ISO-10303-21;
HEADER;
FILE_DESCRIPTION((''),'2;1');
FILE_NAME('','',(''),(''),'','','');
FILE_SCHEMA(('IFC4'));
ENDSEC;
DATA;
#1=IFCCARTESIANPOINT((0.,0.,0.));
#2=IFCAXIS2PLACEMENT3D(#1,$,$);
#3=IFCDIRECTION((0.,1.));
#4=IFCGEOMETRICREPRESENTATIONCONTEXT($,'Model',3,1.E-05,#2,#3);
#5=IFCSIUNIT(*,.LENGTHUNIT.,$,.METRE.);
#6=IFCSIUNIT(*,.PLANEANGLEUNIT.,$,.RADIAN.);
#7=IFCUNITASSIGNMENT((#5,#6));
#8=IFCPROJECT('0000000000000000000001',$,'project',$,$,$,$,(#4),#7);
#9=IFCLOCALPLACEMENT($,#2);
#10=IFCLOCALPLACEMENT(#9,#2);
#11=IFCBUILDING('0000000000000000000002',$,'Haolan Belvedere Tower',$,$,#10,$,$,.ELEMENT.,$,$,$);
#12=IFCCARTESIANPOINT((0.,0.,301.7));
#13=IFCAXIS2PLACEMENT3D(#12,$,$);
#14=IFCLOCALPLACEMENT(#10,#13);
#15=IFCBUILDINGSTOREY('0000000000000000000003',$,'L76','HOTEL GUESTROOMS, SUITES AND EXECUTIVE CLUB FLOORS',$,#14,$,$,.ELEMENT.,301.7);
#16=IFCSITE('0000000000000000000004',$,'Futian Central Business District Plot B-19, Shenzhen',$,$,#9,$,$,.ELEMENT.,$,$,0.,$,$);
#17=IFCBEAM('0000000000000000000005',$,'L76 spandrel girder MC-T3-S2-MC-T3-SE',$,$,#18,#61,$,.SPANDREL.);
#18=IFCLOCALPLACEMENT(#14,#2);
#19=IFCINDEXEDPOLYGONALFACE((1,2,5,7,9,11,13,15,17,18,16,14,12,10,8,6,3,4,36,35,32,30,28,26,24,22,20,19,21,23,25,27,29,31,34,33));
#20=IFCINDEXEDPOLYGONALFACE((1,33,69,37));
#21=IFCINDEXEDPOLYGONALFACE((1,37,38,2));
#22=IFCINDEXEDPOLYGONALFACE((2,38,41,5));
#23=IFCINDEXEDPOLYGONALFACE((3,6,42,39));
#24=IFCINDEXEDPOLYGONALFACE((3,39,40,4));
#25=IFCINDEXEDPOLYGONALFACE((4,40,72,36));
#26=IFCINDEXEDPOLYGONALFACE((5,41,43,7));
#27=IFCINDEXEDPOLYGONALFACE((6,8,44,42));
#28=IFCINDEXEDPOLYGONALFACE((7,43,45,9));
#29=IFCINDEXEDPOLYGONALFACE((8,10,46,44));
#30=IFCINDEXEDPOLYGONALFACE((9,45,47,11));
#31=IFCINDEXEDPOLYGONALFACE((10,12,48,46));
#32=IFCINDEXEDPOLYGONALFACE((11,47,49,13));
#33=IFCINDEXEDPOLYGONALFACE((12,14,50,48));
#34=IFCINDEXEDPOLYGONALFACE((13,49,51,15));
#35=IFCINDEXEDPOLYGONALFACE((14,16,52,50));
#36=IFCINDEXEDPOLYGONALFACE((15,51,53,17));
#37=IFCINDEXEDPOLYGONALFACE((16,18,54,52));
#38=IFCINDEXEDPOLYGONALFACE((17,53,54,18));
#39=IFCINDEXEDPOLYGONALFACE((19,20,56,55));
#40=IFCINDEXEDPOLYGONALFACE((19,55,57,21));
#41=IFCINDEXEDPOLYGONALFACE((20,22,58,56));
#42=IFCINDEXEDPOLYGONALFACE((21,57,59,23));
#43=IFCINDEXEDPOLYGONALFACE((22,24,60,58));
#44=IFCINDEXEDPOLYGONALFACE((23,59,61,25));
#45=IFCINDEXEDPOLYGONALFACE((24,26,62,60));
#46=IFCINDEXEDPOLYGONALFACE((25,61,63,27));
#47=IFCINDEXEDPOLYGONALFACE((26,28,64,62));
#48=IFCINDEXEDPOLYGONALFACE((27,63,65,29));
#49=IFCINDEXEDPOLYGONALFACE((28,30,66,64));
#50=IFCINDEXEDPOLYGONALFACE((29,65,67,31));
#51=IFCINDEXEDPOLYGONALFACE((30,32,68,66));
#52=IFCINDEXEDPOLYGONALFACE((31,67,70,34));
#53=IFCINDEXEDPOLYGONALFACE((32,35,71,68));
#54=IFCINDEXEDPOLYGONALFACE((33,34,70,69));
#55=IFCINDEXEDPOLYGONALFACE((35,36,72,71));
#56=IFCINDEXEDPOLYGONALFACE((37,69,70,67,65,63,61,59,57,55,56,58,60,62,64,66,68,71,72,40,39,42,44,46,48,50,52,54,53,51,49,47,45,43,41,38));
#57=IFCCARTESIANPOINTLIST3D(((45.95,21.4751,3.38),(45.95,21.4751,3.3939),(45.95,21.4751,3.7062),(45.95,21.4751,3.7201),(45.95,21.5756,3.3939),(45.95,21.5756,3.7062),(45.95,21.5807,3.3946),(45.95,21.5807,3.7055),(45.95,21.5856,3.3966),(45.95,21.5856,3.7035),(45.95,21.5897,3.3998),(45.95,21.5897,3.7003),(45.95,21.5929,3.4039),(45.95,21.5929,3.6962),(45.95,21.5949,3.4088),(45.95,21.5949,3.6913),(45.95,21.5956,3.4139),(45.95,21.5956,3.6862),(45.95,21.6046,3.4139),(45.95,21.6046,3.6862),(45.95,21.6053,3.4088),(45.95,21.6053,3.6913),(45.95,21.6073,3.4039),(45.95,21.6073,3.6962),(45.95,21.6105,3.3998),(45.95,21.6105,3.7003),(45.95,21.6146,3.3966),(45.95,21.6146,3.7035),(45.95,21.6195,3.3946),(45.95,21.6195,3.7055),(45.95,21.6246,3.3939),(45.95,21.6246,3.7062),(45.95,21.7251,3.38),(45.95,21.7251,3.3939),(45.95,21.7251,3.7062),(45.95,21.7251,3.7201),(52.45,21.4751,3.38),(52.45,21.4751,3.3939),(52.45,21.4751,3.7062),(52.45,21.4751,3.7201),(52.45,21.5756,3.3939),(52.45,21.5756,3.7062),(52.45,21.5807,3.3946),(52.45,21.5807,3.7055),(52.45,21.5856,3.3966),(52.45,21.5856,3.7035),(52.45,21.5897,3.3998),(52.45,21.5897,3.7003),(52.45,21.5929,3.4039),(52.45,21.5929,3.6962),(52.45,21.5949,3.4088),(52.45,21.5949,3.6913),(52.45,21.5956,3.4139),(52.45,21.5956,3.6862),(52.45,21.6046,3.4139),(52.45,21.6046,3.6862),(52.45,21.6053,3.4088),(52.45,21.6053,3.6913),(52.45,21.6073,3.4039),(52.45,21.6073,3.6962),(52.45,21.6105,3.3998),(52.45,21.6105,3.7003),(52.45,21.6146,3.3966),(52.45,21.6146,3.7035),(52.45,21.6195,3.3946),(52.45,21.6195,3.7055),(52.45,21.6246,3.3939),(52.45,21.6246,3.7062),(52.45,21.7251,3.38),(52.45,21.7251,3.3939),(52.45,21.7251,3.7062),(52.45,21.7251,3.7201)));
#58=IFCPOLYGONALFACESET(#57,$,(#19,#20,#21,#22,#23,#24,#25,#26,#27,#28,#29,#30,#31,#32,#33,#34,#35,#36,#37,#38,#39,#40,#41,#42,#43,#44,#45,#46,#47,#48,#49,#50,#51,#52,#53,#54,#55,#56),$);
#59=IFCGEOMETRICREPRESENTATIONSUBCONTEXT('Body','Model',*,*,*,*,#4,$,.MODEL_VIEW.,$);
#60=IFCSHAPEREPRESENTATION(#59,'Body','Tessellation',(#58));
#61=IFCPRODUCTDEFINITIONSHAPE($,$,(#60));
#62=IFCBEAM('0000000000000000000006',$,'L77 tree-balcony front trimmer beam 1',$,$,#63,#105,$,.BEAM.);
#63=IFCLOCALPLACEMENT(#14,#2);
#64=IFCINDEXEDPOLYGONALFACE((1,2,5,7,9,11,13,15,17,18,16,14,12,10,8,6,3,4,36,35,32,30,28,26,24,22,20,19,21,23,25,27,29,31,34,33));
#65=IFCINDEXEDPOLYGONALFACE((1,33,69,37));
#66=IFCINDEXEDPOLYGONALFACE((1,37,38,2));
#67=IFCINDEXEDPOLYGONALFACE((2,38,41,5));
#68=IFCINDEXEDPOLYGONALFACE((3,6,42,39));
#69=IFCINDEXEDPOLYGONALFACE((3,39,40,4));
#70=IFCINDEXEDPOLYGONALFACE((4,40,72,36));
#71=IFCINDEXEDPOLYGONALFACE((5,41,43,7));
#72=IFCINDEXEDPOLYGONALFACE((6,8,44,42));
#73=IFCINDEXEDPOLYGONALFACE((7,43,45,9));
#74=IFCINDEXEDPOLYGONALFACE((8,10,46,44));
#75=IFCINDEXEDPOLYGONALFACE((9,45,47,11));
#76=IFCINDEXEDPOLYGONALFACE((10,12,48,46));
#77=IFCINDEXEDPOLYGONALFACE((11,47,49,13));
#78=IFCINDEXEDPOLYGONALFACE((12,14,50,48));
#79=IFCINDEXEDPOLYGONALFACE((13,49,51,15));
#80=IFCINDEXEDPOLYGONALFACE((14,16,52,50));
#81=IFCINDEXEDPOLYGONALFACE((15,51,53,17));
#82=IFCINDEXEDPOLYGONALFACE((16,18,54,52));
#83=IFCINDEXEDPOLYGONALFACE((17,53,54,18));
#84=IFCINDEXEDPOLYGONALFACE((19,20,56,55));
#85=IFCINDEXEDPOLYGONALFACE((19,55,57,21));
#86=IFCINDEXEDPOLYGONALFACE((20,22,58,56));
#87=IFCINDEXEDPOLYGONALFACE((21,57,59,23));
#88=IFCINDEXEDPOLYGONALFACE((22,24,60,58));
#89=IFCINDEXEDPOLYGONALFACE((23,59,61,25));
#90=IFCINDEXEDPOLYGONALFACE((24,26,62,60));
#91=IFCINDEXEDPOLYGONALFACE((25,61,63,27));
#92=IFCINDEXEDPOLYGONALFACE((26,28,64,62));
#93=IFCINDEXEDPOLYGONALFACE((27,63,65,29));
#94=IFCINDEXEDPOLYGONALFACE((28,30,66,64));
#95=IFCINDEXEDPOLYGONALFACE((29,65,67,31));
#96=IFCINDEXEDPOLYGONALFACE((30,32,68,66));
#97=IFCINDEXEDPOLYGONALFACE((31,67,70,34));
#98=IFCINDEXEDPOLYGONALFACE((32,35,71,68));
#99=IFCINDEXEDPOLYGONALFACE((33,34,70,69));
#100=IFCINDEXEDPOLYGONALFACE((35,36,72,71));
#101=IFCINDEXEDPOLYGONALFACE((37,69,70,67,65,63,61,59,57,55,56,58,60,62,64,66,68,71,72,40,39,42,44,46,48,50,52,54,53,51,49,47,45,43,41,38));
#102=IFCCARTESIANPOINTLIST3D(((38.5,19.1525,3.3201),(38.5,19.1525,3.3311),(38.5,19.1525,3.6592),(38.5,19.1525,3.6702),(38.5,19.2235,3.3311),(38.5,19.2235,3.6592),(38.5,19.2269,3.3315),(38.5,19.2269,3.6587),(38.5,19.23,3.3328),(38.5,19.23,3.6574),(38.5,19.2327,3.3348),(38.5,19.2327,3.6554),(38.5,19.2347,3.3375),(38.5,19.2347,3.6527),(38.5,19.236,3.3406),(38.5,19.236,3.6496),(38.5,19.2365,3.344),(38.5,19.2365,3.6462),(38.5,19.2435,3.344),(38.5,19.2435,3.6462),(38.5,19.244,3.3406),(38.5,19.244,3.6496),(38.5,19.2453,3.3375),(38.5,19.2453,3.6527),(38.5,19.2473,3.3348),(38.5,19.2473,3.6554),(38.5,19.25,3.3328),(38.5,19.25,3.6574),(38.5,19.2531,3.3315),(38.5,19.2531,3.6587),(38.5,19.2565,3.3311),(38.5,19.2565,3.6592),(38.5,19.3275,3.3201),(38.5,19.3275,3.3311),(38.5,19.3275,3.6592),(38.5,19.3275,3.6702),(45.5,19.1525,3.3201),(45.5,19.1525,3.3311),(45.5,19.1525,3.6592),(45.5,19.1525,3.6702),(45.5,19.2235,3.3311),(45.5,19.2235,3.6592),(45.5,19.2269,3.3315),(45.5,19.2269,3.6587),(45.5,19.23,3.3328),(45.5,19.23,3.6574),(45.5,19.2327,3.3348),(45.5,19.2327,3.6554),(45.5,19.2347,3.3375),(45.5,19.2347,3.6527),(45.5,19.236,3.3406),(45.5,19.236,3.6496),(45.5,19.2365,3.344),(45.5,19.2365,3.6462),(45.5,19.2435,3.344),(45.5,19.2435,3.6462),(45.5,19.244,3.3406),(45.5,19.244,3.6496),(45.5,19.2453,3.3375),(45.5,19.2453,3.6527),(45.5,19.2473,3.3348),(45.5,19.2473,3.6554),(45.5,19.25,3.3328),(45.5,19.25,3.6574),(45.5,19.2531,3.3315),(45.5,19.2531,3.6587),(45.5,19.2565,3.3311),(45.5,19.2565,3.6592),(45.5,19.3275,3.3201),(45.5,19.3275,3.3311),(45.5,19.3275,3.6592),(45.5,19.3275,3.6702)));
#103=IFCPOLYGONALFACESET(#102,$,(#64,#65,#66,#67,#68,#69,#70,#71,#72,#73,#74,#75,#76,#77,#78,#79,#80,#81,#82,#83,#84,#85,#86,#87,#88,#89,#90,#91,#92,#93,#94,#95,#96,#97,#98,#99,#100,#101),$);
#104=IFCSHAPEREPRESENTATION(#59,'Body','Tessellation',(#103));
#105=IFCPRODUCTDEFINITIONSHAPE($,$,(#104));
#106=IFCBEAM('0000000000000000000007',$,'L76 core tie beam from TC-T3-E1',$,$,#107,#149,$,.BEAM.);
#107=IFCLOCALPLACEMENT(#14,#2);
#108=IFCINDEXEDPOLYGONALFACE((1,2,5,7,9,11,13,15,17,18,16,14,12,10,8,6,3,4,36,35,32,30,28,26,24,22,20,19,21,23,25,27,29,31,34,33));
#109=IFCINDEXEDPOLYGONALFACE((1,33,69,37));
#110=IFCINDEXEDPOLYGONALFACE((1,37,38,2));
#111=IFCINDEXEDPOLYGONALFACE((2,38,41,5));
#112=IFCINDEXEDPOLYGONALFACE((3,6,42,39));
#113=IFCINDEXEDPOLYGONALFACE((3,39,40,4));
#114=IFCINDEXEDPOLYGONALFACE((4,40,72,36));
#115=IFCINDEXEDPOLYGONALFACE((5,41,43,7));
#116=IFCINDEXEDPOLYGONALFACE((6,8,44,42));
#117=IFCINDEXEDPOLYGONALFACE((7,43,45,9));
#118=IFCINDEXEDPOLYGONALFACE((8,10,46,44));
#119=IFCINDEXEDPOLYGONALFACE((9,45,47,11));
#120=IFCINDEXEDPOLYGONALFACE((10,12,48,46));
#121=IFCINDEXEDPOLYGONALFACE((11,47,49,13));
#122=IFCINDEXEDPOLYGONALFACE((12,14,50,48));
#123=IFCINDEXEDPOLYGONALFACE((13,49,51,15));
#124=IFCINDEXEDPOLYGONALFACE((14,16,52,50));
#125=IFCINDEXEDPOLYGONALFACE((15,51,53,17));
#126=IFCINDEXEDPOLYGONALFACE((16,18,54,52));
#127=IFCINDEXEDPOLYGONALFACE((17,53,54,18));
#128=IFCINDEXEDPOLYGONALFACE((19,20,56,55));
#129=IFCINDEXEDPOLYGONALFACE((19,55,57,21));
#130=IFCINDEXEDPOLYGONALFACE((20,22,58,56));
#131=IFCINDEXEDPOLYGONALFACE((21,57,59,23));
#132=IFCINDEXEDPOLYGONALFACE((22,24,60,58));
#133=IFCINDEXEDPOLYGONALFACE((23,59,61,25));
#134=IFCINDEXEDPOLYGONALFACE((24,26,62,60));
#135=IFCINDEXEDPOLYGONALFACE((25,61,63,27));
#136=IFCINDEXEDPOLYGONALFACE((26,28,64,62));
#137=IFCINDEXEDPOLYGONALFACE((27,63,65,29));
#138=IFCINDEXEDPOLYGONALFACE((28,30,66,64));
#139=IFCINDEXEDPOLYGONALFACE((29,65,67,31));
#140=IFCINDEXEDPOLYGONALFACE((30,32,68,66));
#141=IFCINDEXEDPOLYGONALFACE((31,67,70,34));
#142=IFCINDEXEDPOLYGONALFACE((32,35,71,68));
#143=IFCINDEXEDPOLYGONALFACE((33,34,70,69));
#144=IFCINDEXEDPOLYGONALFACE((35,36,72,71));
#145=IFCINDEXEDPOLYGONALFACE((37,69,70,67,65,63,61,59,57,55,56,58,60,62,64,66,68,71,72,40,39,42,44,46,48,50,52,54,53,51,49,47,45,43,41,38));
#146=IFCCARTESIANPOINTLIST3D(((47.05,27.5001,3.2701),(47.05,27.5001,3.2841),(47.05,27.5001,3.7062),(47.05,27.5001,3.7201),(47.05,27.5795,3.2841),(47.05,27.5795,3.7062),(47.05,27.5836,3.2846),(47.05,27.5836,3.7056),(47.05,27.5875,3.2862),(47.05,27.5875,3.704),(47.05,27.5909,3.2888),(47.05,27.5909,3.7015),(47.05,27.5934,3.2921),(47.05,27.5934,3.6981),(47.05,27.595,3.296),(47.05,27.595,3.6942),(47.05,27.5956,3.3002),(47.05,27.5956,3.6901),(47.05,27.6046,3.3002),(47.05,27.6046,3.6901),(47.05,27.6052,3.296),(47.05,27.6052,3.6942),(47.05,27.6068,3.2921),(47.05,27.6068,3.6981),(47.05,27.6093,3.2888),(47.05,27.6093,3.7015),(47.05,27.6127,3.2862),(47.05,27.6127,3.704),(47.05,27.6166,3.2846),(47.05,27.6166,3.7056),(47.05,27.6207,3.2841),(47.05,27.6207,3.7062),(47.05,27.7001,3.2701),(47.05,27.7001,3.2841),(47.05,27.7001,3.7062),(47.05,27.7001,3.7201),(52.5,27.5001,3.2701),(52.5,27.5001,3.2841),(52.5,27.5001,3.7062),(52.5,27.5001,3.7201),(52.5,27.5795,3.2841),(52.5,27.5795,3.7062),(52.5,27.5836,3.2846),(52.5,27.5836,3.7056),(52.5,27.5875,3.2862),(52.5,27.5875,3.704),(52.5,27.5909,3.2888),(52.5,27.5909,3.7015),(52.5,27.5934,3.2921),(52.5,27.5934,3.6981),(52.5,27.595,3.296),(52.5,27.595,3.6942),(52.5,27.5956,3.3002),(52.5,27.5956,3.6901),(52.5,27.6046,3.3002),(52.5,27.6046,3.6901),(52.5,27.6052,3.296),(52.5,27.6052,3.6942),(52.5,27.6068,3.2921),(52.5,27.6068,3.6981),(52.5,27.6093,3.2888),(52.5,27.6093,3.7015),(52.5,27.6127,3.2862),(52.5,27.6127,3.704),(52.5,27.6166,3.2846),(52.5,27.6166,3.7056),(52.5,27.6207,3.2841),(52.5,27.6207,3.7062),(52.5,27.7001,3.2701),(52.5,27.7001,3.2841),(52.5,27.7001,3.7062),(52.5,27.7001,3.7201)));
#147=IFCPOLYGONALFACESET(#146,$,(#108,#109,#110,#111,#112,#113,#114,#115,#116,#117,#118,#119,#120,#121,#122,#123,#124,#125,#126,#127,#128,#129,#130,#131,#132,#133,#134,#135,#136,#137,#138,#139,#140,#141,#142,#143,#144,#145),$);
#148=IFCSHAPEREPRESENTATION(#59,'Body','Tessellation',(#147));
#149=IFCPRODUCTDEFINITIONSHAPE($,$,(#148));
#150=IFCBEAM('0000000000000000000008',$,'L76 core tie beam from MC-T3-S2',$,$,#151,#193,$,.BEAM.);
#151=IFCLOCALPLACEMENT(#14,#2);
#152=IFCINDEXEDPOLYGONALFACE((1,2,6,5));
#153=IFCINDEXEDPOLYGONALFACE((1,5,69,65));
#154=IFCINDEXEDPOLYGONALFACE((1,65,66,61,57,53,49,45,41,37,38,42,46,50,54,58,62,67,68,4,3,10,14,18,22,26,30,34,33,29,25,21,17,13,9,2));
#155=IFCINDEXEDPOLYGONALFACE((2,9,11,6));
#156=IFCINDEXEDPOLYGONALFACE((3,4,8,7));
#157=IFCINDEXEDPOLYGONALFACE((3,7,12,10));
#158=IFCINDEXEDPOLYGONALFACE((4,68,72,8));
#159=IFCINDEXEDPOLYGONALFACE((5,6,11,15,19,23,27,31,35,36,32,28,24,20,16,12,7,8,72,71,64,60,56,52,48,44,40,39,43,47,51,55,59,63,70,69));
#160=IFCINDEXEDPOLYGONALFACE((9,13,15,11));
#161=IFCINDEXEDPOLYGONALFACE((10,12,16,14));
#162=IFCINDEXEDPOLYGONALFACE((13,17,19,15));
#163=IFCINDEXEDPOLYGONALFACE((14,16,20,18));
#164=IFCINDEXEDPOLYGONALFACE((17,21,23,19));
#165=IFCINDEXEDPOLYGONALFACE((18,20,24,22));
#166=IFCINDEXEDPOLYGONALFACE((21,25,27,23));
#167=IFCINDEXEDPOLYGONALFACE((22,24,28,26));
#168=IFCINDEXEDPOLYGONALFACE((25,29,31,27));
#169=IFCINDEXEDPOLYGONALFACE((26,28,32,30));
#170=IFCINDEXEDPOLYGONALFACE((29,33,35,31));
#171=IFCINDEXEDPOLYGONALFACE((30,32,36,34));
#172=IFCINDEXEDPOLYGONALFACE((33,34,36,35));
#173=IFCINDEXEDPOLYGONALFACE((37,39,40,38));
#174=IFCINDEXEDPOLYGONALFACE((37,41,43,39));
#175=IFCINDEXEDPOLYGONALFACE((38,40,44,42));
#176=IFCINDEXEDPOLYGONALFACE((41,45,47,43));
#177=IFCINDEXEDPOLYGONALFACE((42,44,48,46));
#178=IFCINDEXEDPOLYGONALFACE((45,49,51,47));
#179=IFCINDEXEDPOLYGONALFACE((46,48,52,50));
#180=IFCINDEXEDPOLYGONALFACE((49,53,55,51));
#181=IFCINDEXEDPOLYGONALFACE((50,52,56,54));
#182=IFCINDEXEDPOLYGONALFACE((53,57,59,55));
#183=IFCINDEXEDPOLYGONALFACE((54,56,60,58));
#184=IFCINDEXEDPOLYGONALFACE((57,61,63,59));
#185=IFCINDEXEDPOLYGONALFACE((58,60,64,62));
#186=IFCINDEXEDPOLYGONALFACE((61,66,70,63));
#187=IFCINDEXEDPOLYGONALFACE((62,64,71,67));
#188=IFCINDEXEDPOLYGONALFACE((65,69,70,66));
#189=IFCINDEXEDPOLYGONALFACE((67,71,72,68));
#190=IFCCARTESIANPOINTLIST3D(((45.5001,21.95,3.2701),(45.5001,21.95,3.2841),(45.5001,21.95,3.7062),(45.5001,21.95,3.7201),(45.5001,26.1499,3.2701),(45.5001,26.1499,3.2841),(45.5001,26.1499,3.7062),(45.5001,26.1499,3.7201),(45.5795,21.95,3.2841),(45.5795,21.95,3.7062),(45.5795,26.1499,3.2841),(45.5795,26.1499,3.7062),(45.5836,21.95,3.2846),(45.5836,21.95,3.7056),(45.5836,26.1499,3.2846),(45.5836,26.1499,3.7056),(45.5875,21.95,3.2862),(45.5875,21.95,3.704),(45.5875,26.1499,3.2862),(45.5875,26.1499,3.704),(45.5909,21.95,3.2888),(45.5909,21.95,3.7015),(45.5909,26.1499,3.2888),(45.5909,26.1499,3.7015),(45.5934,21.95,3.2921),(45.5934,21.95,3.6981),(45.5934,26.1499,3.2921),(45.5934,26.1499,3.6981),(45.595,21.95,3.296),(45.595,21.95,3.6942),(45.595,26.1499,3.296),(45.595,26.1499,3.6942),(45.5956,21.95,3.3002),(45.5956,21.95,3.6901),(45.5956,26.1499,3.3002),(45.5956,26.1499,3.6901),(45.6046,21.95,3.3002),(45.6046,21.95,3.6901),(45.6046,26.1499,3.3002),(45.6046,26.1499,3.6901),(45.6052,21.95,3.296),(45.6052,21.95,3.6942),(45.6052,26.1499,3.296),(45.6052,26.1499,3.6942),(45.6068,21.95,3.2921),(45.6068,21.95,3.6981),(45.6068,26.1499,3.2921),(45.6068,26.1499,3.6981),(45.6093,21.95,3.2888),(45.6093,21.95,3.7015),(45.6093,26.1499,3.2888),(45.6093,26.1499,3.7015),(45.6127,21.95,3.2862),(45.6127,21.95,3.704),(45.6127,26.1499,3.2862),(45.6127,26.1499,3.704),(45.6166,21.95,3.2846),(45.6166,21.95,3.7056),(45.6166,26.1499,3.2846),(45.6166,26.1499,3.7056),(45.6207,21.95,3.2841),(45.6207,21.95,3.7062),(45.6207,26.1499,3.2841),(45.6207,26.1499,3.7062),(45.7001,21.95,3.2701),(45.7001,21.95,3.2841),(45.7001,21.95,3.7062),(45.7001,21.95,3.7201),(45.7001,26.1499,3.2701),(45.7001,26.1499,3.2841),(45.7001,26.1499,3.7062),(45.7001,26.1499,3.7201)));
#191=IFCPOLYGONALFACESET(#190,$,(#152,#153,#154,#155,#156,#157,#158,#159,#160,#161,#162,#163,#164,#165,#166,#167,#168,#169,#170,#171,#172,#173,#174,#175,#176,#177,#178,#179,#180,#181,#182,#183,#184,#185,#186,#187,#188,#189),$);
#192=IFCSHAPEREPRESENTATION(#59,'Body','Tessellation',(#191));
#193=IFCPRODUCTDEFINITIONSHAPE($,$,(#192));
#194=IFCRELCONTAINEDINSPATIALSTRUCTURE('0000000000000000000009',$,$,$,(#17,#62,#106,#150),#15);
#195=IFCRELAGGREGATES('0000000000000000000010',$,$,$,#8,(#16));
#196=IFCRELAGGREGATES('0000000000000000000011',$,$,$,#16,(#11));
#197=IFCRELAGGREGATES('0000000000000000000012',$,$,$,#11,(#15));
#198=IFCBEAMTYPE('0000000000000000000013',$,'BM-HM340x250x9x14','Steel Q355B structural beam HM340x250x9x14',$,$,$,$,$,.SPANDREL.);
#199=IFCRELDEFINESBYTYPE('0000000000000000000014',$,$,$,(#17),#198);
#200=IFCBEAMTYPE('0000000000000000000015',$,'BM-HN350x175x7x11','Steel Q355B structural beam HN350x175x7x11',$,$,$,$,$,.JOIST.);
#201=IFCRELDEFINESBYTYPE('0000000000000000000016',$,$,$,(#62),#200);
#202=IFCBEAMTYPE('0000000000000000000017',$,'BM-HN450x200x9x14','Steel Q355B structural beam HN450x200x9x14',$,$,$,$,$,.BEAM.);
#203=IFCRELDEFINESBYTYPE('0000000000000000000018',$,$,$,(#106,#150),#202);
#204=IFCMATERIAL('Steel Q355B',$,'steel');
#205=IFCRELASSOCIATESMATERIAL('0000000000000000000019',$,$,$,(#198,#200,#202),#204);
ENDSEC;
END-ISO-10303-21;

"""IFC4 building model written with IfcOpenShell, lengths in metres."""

from ifc_helpers import new_model, si_unit, direction, frame, origin, origin_2d, place, context, subcontext, project, spatial, i_section, extrude, material, material_profile, profile_set, type_object, element, save


model = new_model("IFC4")

# Units and contexts
model_context = context("Model", 3, precision=1e-05, world=origin(), true_north=direction((0.0, 1.0)))
body_context = subcontext(model_context, "Body", "Model", "MODEL_VIEW")
ifc_project = project(units=[si_unit("LENGTHUNIT", "METRE"), si_unit("PLANEANGLEUNIT", "RADIAN")], contexts=[model_context])

# Site, building, storey
site_placement = place(None, origin())
site = spatial("IfcSite", under=ifc_project, at=site_placement, Name="Futian Central Business District Plot B-19, Shenzhen", CompositionType="ELEMENT", RefElevation=0.0)
building_placement = place(site_placement, origin())
building = spatial("IfcBuilding", under=site, at=building_placement, Name="Haolan Belvedere Tower", CompositionType="ELEMENT")
storey_placement = place(building_placement, frame((0.0, 0.0, 301.7)))
storey = spatial("IfcBuildingStorey", under=building, at=storey_placement, Name="L76", Description="HOTEL GUESTROOMS, SUITES AND EXECUTIVE CLUB FLOORS", CompositionType="ELEMENT", Elevation=301.7)

# Beams
ifc_material_1 = material(Name="Steel Q355B", Category="steel")
ifc_material_profile_1 = material_profile(ifc_material_1, i_section(OverallWidth=0.25, OverallDepth=0.3401, WebThickness=0.009, FlangeThickness=0.0139, FilletRadius=0.02, at=origin_2d()), Name="Steel Q355B")
ifc_profile_set_1 = profile_set([ifc_material_profile_1], Name="Steel Q355B")
beam_type_1 = type_object("IfcBeamType", Name="BM-HM340x250x9x14", Description="Steel Q355B structural beam HM340x250x9x14", PredefinedType="SPANDREL", material=ifc_profile_set_1)
beam_1_placement = place(storey_placement, frame((45.95, 21.6001, 3.55), z_axis=(1.0, 0.0, 0.0), x_axis=(0.0, 1.0, 0.0)))
element("IfcBeam", 1, at=beam_1_placement, inside=storey, type_object=beam_type_1, Name="L76 spandrel girder MC-T3-S2-MC-T3-SE", PredefinedType="SPANDREL", context=body_context, shape_type="SweptSolid", body=[
    extrude(i_section(OverallWidth=0.25, OverallDepth=0.3401, WebThickness=0.009, FlangeThickness=0.0139, FilletRadius=0.02, at=origin_2d()), origin(), (0.0, 0.0, 1.0), 6.5),
])
ifc_material_profile_2 = material_profile(ifc_material_1, i_section(OverallWidth=0.175, OverallDepth=0.3501, WebThickness=0.0071, FlangeThickness=0.011, FilletRadius=0.0129, at=origin_2d()), Name="Steel Q355B")
ifc_profile_set_2 = profile_set([ifc_material_profile_2], Name="Steel Q355B")
beam_type_2 = type_object("IfcBeamType", Name="BM-HN350x175x7x11", Description="Steel Q355B structural beam HN350x175x7x11", PredefinedType="JOIST", material=ifc_profile_set_2)
beam_2_placement = place(storey_placement, frame((38.5, 19.24, 3.4951), z_axis=(1.0, 0.0, 0.0), x_axis=(0.0, 1.0, 0.0)))
element("IfcBeam", 2, at=beam_2_placement, inside=storey, type_object=beam_type_2, Name="L77 tree-balcony front trimmer beam 1", PredefinedType="BEAM", context=body_context, shape_type="SweptSolid", body=[
    extrude(i_section(OverallWidth=0.175, OverallDepth=0.3501, WebThickness=0.0071, FlangeThickness=0.011, FilletRadius=0.0129, at=origin_2d()), origin(), (0.0, 0.0, 1.0), 7.0),
])
ifc_material_profile_3 = material_profile(ifc_material_1, i_section(OverallWidth=0.2, OverallDepth=0.45, WebThickness=0.009, FlangeThickness=0.0139, FilletRadius=0.0161, at=origin_2d()), Name="Steel Q355B")
ifc_profile_set_3 = profile_set([ifc_material_profile_3], Name="Steel Q355B")
beam_type_3 = type_object("IfcBeamType", Name="BM-HN450x200x9x14", Description="Steel Q355B structural beam HN450x200x9x14", PredefinedType="BEAM", material=ifc_profile_set_3)
beam_3_placement = place(storey_placement, frame((52.5, 27.6001, 3.4951), z_axis=(-1.0, 0.0, 0.0), x_axis=(0.0, -1.0, 0.0)))
element("IfcBeam", 3, at=beam_3_placement, inside=storey, type_object=beam_type_3, Name="L76 core tie beam from TC-T3-E1", PredefinedType="BEAM", context=body_context, shape_type="SweptSolid", body=[
    extrude(i_section(OverallWidth=0.2, OverallDepth=0.45, WebThickness=0.009, FlangeThickness=0.0139, FilletRadius=0.0161, at=origin_2d()), origin(), (0.0, 0.0, 1.0), 5.45),
])
beam_4_placement = place(storey_placement, frame((45.6001, 21.95, 3.4951), z_axis=(0.0, 1.0, 0.0), x_axis=(-1.0, 0.0, 0.0)))
element("IfcBeam", 4, at=beam_4_placement, inside=storey, type_object=beam_type_3, Name="L76 core tie beam from MC-T3-S2", PredefinedType="BEAM", context=body_context, shape_type="SweptSolid", body=[
    extrude(i_section(OverallWidth=0.2, OverallDepth=0.45, WebThickness=0.009, FlangeThickness=0.0139, FilletRadius=0.0161, at=origin_2d()), origin(), (0.0, 0.0, 1.0), 4.2),
])

save(model, "model.ifc")
